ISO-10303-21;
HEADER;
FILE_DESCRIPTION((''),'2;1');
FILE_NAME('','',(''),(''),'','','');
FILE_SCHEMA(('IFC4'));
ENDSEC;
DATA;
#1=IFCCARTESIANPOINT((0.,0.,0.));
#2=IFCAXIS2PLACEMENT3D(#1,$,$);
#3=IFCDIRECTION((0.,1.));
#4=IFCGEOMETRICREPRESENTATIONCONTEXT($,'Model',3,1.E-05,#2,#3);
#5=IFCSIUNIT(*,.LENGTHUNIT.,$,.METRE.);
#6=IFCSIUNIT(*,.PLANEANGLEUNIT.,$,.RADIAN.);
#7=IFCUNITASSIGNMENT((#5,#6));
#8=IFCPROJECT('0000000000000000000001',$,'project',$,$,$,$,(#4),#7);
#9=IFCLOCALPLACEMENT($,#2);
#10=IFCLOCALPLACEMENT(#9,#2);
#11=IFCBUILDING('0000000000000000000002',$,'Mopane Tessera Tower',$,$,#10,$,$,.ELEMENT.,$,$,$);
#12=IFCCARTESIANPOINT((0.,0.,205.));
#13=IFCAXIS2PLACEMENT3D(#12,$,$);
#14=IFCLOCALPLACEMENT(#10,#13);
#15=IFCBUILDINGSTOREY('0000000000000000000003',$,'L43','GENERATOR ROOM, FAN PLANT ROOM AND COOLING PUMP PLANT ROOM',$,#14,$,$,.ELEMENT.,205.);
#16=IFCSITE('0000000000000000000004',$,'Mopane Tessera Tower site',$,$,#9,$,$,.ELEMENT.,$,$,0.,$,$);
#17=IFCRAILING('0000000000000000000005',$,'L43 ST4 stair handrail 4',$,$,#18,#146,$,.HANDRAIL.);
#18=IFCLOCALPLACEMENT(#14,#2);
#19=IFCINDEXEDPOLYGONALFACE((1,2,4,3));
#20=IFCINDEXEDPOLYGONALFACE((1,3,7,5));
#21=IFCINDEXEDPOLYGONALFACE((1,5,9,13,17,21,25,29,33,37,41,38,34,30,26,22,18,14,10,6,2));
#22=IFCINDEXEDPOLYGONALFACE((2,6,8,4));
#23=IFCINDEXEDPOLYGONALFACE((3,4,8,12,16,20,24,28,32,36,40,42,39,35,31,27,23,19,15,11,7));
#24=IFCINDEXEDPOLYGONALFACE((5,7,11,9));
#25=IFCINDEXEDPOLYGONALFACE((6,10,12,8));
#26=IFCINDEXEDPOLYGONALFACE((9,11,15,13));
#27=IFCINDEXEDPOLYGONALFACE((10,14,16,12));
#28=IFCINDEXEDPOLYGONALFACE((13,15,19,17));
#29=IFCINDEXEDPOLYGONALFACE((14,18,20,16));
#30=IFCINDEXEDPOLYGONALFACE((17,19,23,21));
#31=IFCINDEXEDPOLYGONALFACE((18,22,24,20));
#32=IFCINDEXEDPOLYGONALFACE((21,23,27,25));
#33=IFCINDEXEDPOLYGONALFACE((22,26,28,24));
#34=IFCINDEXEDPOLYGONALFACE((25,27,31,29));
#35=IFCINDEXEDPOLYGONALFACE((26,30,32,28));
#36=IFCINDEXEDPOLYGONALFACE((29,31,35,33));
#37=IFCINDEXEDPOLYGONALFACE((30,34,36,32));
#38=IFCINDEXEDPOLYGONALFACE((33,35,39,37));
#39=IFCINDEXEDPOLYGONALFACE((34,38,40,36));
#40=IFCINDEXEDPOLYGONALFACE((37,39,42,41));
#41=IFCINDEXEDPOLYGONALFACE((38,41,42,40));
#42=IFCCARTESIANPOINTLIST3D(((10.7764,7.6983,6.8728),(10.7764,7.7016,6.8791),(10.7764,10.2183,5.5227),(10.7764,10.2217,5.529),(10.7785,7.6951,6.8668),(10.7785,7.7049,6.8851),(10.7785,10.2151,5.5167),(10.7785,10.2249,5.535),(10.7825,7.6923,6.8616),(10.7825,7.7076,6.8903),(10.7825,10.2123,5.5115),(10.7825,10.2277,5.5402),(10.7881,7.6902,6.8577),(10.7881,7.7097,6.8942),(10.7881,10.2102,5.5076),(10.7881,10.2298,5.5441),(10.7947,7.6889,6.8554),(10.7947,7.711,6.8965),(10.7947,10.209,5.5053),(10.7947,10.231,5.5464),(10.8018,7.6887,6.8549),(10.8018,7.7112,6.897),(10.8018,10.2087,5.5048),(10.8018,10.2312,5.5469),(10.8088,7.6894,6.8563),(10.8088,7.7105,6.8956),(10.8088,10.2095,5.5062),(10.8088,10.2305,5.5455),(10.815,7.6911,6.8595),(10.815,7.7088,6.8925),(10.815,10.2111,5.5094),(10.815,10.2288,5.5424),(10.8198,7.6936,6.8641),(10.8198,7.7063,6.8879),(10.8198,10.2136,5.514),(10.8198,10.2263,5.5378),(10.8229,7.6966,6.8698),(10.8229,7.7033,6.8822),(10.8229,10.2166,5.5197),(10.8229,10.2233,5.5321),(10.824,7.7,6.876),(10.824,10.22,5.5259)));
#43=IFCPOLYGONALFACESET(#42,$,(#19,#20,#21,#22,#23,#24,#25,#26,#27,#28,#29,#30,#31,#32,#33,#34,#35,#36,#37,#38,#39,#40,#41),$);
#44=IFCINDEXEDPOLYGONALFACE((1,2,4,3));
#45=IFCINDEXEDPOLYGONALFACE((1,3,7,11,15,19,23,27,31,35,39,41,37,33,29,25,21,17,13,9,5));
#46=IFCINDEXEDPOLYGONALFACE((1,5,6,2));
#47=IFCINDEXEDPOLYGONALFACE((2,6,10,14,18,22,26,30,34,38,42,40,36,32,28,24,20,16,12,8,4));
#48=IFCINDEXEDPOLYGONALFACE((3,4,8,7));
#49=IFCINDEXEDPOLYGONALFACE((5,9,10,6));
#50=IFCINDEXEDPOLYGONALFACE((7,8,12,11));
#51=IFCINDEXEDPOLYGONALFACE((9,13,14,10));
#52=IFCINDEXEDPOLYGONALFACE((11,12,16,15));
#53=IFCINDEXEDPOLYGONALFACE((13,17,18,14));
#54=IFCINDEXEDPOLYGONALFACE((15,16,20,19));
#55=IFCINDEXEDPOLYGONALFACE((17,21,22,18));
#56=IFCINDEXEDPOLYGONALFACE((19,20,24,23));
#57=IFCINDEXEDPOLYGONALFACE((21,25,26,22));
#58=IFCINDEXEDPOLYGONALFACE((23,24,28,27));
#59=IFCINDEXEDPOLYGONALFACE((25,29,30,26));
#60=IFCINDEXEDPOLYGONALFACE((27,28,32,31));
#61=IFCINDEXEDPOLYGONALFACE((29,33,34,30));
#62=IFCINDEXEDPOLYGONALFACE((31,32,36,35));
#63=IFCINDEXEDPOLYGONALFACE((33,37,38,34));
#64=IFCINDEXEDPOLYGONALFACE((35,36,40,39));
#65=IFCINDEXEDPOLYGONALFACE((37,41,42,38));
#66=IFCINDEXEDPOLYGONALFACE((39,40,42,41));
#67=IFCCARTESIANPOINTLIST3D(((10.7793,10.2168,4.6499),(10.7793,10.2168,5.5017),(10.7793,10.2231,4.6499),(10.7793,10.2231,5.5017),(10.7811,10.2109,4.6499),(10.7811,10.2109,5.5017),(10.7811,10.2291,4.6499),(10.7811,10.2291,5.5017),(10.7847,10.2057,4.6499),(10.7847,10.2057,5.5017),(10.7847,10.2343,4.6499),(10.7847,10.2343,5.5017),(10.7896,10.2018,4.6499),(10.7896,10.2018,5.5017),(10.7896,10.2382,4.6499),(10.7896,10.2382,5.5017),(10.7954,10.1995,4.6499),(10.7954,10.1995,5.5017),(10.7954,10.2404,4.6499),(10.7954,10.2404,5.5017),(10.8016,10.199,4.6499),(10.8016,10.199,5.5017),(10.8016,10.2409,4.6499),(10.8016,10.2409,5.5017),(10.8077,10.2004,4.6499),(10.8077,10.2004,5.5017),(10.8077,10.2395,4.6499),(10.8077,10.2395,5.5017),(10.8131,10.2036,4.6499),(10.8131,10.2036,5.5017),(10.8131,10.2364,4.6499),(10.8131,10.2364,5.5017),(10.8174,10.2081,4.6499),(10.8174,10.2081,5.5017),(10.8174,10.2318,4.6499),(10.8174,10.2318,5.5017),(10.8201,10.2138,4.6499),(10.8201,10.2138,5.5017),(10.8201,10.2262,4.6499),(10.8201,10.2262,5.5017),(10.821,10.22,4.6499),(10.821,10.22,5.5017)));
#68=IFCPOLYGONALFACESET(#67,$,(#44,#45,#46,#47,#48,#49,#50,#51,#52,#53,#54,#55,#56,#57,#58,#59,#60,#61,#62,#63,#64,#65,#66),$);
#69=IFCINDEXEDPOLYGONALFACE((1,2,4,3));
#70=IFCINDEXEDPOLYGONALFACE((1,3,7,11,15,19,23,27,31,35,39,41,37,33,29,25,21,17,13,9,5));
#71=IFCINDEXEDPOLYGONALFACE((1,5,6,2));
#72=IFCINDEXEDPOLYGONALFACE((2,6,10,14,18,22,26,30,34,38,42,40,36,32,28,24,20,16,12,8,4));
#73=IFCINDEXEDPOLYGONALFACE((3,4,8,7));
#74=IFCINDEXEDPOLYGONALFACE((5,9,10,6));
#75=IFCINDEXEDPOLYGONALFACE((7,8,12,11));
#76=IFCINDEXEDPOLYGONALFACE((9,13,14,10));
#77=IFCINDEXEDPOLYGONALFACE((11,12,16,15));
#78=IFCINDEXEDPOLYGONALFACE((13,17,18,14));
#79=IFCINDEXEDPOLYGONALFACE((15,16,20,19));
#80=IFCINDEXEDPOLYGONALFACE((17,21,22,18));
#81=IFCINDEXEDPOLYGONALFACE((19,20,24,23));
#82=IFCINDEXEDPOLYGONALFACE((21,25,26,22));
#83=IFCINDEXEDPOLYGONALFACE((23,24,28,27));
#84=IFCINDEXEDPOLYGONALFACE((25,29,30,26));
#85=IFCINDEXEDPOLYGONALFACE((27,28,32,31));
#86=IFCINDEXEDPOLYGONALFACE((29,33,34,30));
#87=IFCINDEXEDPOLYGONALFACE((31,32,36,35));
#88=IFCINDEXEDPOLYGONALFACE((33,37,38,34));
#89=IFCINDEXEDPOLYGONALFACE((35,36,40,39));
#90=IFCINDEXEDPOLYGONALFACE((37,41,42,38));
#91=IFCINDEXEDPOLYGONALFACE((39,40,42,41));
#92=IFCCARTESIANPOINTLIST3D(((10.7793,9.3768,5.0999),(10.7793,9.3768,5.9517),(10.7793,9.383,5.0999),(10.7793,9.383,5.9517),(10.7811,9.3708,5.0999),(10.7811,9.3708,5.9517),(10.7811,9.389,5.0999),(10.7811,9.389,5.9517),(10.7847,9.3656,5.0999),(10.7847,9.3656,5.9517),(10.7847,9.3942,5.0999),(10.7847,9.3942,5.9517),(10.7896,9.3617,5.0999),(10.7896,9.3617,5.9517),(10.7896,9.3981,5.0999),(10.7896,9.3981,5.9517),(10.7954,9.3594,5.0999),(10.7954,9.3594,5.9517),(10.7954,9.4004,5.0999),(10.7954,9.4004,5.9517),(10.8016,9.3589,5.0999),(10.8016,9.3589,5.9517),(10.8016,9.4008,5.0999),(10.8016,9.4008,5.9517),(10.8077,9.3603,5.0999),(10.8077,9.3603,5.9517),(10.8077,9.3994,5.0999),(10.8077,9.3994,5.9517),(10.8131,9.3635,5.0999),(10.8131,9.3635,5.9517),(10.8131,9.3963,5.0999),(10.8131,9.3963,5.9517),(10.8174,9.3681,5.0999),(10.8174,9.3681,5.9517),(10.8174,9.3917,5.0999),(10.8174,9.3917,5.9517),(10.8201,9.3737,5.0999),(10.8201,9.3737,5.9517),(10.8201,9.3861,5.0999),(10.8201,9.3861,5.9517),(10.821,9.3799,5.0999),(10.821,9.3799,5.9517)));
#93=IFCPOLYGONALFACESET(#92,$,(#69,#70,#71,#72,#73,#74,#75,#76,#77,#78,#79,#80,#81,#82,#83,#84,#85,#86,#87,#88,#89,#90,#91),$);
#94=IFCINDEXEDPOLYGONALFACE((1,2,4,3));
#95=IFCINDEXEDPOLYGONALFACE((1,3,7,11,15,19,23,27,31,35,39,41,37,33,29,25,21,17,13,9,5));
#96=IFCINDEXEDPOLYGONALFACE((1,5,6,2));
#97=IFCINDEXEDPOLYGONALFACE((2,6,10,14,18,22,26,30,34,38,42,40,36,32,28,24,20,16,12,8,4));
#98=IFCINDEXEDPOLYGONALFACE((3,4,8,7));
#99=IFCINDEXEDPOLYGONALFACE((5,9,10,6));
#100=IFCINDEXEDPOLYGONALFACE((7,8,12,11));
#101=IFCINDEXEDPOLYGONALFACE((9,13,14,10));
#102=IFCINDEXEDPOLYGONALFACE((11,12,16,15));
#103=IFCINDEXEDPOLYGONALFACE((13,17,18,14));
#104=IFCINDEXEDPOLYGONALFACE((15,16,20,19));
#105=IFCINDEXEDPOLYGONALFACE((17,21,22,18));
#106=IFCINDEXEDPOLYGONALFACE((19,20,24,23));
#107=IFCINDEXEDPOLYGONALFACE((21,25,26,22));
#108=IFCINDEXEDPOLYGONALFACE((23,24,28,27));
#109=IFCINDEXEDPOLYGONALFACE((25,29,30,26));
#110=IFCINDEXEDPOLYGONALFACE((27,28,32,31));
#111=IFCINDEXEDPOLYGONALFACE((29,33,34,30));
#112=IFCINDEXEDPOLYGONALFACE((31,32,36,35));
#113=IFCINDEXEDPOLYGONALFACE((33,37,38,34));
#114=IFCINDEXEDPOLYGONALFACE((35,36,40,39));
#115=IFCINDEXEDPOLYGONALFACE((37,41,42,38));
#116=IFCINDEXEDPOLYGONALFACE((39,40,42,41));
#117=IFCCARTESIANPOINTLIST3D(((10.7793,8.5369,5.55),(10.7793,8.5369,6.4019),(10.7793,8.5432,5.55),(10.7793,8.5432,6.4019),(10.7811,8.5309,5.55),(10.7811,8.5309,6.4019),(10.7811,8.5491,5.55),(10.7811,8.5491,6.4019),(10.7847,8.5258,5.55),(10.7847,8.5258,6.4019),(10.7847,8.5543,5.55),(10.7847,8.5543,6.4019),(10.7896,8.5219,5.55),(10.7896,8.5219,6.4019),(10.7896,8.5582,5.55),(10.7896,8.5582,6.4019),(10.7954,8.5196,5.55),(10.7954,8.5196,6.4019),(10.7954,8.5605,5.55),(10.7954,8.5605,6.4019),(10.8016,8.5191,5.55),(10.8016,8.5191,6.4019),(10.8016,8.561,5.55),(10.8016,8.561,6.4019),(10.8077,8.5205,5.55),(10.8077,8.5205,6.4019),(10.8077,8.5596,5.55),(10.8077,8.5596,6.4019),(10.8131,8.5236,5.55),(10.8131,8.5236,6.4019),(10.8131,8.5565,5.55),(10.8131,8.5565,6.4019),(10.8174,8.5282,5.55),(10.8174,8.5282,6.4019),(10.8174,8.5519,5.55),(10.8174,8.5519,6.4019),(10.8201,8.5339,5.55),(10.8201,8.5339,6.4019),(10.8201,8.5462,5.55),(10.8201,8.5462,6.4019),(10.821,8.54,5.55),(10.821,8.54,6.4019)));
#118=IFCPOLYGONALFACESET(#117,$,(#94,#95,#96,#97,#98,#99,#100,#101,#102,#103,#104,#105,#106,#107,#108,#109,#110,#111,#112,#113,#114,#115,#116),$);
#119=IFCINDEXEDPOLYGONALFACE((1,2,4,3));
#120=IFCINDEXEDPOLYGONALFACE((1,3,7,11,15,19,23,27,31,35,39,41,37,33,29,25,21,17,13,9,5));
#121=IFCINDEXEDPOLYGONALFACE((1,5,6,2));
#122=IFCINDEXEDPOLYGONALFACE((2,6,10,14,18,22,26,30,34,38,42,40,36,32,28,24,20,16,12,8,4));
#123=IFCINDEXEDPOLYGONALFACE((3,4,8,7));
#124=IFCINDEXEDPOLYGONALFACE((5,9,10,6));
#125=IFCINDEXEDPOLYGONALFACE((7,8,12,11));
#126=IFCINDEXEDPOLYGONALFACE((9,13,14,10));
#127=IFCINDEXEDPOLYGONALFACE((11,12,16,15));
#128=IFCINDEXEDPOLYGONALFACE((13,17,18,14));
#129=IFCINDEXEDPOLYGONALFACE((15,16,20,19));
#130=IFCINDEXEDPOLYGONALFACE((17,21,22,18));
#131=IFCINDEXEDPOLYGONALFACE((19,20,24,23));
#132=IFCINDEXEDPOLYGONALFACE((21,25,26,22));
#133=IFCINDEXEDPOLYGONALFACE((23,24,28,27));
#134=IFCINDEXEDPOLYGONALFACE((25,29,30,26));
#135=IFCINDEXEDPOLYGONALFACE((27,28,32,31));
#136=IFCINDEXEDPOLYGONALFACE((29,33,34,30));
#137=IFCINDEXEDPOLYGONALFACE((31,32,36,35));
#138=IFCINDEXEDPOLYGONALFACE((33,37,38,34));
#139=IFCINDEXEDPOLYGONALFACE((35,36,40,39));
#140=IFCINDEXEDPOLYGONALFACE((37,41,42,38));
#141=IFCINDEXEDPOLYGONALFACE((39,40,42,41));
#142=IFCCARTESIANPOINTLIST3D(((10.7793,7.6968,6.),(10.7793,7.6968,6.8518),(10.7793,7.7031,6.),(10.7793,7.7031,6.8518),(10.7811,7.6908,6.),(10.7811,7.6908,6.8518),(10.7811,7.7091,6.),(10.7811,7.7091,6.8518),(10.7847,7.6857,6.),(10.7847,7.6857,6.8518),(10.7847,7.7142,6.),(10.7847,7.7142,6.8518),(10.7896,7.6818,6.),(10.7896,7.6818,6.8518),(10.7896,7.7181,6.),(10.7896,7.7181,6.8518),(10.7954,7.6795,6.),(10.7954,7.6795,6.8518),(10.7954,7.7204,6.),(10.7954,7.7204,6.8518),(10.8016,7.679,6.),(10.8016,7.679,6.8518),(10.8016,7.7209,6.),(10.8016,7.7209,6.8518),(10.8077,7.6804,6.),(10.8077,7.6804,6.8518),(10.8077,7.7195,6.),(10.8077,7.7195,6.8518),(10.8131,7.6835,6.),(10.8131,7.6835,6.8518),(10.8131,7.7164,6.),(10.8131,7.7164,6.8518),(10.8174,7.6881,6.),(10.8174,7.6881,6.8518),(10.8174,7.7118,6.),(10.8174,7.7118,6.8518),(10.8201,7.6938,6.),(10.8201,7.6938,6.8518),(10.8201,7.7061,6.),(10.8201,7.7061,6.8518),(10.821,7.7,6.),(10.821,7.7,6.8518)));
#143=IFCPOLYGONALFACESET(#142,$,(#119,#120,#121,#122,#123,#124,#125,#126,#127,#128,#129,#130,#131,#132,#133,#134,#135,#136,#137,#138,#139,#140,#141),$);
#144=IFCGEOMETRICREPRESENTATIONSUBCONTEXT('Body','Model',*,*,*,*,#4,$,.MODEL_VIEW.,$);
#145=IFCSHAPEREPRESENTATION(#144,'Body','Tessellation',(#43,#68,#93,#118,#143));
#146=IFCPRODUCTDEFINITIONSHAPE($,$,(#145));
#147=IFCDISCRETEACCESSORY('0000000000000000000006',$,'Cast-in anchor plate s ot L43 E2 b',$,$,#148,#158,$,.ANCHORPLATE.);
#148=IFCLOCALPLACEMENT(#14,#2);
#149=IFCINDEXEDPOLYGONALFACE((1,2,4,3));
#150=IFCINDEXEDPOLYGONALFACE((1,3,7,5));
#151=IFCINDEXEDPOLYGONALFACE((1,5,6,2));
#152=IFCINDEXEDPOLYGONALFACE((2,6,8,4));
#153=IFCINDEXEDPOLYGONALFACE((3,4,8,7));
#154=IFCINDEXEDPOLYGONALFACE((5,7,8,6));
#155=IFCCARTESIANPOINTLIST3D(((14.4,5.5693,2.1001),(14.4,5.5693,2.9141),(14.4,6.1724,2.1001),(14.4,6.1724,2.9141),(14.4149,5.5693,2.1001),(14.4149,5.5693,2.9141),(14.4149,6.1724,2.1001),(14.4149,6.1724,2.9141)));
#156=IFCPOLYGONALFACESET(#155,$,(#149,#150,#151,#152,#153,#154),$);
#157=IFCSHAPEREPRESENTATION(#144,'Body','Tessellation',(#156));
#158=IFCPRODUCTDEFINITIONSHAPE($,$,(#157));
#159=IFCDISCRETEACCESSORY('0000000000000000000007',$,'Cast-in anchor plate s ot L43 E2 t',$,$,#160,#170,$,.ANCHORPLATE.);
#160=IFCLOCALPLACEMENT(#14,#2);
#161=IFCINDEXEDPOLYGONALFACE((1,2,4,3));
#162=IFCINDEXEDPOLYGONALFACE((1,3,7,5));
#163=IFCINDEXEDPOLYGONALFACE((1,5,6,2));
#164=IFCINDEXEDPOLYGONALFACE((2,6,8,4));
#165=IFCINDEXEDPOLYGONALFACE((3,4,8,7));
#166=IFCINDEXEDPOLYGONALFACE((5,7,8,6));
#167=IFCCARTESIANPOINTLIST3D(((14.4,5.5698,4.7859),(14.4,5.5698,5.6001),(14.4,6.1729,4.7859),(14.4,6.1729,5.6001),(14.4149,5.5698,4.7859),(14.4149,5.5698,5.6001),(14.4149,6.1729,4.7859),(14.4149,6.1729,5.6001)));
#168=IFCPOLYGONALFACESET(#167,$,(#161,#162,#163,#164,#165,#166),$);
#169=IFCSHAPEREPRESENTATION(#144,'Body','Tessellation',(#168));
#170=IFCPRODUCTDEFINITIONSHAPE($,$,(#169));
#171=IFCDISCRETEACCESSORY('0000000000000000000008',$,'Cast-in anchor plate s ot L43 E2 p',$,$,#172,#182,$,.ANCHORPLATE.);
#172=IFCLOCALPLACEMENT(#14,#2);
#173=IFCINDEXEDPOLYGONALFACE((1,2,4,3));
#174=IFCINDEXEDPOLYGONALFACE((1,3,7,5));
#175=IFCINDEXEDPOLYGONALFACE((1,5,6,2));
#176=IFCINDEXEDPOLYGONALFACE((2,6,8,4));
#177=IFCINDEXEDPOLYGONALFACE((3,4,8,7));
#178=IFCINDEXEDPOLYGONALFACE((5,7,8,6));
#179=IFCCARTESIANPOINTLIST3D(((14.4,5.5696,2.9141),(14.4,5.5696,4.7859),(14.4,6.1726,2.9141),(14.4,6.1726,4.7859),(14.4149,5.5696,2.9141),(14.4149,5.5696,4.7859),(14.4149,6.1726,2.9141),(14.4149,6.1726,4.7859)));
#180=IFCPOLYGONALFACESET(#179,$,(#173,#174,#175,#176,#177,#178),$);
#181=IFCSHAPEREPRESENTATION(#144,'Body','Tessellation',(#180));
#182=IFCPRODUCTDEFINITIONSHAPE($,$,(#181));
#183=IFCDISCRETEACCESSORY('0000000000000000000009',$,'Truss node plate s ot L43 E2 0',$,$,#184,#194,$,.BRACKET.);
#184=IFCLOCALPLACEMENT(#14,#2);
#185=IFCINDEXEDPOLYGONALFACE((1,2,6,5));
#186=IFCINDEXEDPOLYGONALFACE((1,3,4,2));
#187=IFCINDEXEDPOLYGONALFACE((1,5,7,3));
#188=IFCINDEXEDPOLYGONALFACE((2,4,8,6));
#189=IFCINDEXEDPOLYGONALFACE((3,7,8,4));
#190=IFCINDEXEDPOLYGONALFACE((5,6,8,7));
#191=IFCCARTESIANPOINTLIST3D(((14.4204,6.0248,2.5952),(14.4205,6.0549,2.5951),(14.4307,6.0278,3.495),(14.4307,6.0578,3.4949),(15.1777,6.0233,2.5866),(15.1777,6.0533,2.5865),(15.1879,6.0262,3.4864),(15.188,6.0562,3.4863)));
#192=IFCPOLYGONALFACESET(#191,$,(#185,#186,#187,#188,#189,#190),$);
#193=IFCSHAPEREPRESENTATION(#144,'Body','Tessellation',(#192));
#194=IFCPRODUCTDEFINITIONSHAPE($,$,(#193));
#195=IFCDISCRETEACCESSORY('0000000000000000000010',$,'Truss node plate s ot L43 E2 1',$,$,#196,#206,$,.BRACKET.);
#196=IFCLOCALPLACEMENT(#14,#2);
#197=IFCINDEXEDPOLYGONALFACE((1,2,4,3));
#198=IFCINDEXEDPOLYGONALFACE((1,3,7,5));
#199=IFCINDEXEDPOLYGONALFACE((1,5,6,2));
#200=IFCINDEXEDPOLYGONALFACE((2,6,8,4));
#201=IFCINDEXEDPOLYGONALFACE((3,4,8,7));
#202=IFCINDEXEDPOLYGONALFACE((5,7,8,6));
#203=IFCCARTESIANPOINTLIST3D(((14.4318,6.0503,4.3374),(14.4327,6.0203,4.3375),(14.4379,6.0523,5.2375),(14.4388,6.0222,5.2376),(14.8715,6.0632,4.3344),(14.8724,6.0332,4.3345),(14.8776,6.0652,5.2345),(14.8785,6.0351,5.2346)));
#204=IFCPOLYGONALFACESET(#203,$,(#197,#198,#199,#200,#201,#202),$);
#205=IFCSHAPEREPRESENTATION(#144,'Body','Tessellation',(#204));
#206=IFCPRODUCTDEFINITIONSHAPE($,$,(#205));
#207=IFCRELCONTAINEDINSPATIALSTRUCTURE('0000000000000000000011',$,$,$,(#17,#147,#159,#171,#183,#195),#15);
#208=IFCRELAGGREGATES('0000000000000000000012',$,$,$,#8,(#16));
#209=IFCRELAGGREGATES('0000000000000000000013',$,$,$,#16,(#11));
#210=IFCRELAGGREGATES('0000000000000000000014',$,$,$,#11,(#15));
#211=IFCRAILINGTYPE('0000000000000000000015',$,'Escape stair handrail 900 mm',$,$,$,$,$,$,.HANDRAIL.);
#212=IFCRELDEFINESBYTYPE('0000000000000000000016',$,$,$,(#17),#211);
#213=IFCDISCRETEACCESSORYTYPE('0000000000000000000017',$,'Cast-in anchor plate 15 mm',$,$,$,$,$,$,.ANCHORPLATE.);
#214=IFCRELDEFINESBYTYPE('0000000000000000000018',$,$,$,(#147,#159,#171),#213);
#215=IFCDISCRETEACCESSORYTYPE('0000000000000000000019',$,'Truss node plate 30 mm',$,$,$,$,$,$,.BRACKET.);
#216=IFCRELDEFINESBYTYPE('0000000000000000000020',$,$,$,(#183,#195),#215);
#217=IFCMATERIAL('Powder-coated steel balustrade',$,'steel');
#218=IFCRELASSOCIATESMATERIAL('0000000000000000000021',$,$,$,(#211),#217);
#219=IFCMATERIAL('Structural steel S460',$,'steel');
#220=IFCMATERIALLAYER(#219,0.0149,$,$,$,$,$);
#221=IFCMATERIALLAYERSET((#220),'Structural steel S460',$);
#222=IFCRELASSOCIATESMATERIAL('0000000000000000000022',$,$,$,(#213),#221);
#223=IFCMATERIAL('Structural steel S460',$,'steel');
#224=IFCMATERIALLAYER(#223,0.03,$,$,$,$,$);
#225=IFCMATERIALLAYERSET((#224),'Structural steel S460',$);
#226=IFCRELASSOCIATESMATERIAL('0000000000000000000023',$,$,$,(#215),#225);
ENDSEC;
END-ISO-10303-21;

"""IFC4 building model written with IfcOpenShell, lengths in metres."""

from ifc_helpers import new_model, si_unit, direction, frame, origin, origin_2d, place, context, subcontext, project, spatial, rectangle, circle, extrude, material, layer, layer_set, type_object, element, save


model = new_model("IFC4")

# Units and contexts
model_context = context("Model", 3, precision=1e-05, world=origin(), true_north=direction((0.0, 1.0)))
body_context = subcontext(model_context, "Body", "Model", "MODEL_VIEW")
ifc_project = project(units=[si_unit("LENGTHUNIT", "METRE"), si_unit("PLANEANGLEUNIT", "RADIAN")], contexts=[model_context])

# Site, building, storey
site_placement = place(None, origin())
site = spatial("IfcSite", under=ifc_project, at=site_placement, Name="Mopane Tessera Tower site", CompositionType="ELEMENT", RefElevation=0.0)
building_placement = place(site_placement, origin())
building = spatial("IfcBuilding", under=site, at=building_placement, Name="Mopane Tessera Tower", CompositionType="ELEMENT")
storey_placement = place(building_placement, frame((0.0, 0.0, 205.0)))
storey = spatial("IfcBuildingStorey", under=building, at=storey_placement, Name="L43", Description="GENERATOR ROOM, FAN PLANT ROOM AND COOLING PUMP PLANT ROOM", CompositionType="ELEMENT", Elevation=205.0)

# Railing
ifc_material_1 = material(Name="Powder-coated steel balustrade", Category="steel")
railing_type_1 = type_object("IfcRailingType", Name="Escape stair handrail 900 mm", PredefinedType="HANDRAIL", material=ifc_material_1)
railing_1_placement = place(storey_placement, frame((10.8, 10.22, 4.6499)))
element("IfcRailing", 1, at=railing_1_placement, inside=storey, type_object=railing_type_1, Name="L43 ST4 stair handrail 4", PredefinedType="HANDRAIL", context=body_context, shape_type="SweptSolid", body=[
    extrude(circle(Radius=0.0239, at=origin_2d()), frame((0.0, 0.0, 0.876), z_axis=(0.0, -0.881467, 0.472245), x_axis=(1.0, 0.0, 0.0)), (0.0, 0.0, 1.0), 2.8589),
    extrude(circle(Radius=0.021, at=origin_2d()), origin(), (0.0, 0.0, 1.0), 0.8518),
    extrude(circle(Radius=0.021, at=origin_2d()), frame((0.0, -0.8401, 0.45)), (0.0, 0.0, 1.0), 0.8518),
    extrude(circle(Radius=0.021, at=origin_2d()), frame((0.0, -1.6799, 0.9001)), (0.0, 0.0, 1.0), 0.8518),
    extrude(circle(Radius=0.021, at=origin_2d()), frame((0.0, -2.52, 1.3501)), (0.0, 0.0, 1.0), 0.8518),
])

# Discrete accessories
ifc_material_2 = material(Name="Structural steel S460", Category="steel")
ifc_layer_1 = layer(ifc_material_2, 0.0149)
ifc_layer_set_1 = layer_set([ifc_layer_1], Name="Structural steel S460")
discrete_accessory_type_1 = type_object("IfcDiscreteAccessoryType", Name="Cast-in anchor plate 15 mm", PredefinedType="ANCHORPLATE", material=ifc_layer_set_1)
discrete_accessory_1_placement = place(storey_placement, frame((14.4075, 5.8708, 2.1001), z_axis=(0.0, 0.0, 1.0), x_axis=(1.0, 0.0, 0.0)))
element("IfcDiscreteAccessory", 2, at=discrete_accessory_1_placement, inside=storey, type_object=discrete_accessory_type_1, Name="Cast-in anchor plate s ot L43 E2 b", PredefinedType="ANCHORPLATE", context=body_context, shape_type="SweptSolid", body=[
    extrude(rectangle(XDim=0.0149, YDim=0.603, at=origin_2d()), origin(), (0.0, 0.0, 1.0), 0.814),
])
discrete_accessory_2_placement = place(storey_placement, frame((14.4075, 5.8713, 4.7859), z_axis=(0.0, 0.0, 1.0), x_axis=(1.0, 0.0, 0.0)))
element("IfcDiscreteAccessory", 3, at=discrete_accessory_2_placement, inside=storey, type_object=discrete_accessory_type_1, Name="Cast-in anchor plate s ot L43 E2 t", PredefinedType="ANCHORPLATE", context=body_context, shape_type="SweptSolid", body=[
    extrude(rectangle(XDim=0.0149, YDim=0.603, at=origin_2d()), origin(), (0.0, 0.0, 1.0), 0.8142),
])
discrete_accessory_3_placement = place(storey_placement, frame((14.4075, 5.8711, 2.9141), z_axis=(0.0, 0.0, 1.0), x_axis=(1.0, 0.0, 0.0)))
element("IfcDiscreteAccessory", 4, at=discrete_accessory_3_placement, inside=storey, type_object=discrete_accessory_type_1, Name="Cast-in anchor plate s ot L43 E2 p", PredefinedType="ANCHORPLATE", context=body_context, shape_type="SweptSolid", body=[
    extrude(rectangle(XDim=0.0149, YDim=0.603, at=origin_2d()), origin(), (0.0, 0.0, 1.0), 1.8718),
])
ifc_material_3 = material(Name="Structural steel S460", Category="steel")
ifc_layer_2 = layer(ifc_material_3, 0.03)
ifc_layer_set_2 = layer_set([ifc_layer_2], Name="Structural steel S460")
discrete_accessory_type_2 = type_object("IfcDiscreteAccessoryType", Name="Truss node plate 30 mm", PredefinedType="BRACKET", material=ifc_layer_set_2)
discrete_accessory_4_placement = place(storey_placement, frame((14.7991, 6.0391, 2.5908), z_axis=(0.011394, 0.003255, 0.99993), x_axis=(0.002019, 0.999993, -0.003279)))
element("IfcDiscreteAccessory", 5, at=discrete_accessory_4_placement, inside=storey, type_object=discrete_accessory_type_2, Name="Truss node plate s ot L43 E2 0", PredefinedType="BRACKET", context=body_context, shape_type="SweptSolid", body=[
    extrude(rectangle(XDim=0.03, YDim=0.7573, at=origin_2d()), origin(), (0.0, 0.0, 1.0), 0.8999),
])
discrete_accessory_5_placement = place(storey_placement, frame((14.6521, 6.0417, 4.3359), z_axis=(0.00678, 0.00217, 0.999975), x_axis=(-0.029356, 0.999567, -0.00197)))
element("IfcDiscreteAccessory", 6, at=discrete_accessory_5_placement, inside=storey, type_object=discrete_accessory_type_2, Name="Truss node plate s ot L43 E2 1", PredefinedType="BRACKET", context=body_context, shape_type="SweptSolid", body=[
    extrude(rectangle(XDim=0.03, YDim=0.4399, at=origin_2d()), origin(), (0.0, 0.0, 1.0), 0.9001),
])

save(model, "model.ifc")
